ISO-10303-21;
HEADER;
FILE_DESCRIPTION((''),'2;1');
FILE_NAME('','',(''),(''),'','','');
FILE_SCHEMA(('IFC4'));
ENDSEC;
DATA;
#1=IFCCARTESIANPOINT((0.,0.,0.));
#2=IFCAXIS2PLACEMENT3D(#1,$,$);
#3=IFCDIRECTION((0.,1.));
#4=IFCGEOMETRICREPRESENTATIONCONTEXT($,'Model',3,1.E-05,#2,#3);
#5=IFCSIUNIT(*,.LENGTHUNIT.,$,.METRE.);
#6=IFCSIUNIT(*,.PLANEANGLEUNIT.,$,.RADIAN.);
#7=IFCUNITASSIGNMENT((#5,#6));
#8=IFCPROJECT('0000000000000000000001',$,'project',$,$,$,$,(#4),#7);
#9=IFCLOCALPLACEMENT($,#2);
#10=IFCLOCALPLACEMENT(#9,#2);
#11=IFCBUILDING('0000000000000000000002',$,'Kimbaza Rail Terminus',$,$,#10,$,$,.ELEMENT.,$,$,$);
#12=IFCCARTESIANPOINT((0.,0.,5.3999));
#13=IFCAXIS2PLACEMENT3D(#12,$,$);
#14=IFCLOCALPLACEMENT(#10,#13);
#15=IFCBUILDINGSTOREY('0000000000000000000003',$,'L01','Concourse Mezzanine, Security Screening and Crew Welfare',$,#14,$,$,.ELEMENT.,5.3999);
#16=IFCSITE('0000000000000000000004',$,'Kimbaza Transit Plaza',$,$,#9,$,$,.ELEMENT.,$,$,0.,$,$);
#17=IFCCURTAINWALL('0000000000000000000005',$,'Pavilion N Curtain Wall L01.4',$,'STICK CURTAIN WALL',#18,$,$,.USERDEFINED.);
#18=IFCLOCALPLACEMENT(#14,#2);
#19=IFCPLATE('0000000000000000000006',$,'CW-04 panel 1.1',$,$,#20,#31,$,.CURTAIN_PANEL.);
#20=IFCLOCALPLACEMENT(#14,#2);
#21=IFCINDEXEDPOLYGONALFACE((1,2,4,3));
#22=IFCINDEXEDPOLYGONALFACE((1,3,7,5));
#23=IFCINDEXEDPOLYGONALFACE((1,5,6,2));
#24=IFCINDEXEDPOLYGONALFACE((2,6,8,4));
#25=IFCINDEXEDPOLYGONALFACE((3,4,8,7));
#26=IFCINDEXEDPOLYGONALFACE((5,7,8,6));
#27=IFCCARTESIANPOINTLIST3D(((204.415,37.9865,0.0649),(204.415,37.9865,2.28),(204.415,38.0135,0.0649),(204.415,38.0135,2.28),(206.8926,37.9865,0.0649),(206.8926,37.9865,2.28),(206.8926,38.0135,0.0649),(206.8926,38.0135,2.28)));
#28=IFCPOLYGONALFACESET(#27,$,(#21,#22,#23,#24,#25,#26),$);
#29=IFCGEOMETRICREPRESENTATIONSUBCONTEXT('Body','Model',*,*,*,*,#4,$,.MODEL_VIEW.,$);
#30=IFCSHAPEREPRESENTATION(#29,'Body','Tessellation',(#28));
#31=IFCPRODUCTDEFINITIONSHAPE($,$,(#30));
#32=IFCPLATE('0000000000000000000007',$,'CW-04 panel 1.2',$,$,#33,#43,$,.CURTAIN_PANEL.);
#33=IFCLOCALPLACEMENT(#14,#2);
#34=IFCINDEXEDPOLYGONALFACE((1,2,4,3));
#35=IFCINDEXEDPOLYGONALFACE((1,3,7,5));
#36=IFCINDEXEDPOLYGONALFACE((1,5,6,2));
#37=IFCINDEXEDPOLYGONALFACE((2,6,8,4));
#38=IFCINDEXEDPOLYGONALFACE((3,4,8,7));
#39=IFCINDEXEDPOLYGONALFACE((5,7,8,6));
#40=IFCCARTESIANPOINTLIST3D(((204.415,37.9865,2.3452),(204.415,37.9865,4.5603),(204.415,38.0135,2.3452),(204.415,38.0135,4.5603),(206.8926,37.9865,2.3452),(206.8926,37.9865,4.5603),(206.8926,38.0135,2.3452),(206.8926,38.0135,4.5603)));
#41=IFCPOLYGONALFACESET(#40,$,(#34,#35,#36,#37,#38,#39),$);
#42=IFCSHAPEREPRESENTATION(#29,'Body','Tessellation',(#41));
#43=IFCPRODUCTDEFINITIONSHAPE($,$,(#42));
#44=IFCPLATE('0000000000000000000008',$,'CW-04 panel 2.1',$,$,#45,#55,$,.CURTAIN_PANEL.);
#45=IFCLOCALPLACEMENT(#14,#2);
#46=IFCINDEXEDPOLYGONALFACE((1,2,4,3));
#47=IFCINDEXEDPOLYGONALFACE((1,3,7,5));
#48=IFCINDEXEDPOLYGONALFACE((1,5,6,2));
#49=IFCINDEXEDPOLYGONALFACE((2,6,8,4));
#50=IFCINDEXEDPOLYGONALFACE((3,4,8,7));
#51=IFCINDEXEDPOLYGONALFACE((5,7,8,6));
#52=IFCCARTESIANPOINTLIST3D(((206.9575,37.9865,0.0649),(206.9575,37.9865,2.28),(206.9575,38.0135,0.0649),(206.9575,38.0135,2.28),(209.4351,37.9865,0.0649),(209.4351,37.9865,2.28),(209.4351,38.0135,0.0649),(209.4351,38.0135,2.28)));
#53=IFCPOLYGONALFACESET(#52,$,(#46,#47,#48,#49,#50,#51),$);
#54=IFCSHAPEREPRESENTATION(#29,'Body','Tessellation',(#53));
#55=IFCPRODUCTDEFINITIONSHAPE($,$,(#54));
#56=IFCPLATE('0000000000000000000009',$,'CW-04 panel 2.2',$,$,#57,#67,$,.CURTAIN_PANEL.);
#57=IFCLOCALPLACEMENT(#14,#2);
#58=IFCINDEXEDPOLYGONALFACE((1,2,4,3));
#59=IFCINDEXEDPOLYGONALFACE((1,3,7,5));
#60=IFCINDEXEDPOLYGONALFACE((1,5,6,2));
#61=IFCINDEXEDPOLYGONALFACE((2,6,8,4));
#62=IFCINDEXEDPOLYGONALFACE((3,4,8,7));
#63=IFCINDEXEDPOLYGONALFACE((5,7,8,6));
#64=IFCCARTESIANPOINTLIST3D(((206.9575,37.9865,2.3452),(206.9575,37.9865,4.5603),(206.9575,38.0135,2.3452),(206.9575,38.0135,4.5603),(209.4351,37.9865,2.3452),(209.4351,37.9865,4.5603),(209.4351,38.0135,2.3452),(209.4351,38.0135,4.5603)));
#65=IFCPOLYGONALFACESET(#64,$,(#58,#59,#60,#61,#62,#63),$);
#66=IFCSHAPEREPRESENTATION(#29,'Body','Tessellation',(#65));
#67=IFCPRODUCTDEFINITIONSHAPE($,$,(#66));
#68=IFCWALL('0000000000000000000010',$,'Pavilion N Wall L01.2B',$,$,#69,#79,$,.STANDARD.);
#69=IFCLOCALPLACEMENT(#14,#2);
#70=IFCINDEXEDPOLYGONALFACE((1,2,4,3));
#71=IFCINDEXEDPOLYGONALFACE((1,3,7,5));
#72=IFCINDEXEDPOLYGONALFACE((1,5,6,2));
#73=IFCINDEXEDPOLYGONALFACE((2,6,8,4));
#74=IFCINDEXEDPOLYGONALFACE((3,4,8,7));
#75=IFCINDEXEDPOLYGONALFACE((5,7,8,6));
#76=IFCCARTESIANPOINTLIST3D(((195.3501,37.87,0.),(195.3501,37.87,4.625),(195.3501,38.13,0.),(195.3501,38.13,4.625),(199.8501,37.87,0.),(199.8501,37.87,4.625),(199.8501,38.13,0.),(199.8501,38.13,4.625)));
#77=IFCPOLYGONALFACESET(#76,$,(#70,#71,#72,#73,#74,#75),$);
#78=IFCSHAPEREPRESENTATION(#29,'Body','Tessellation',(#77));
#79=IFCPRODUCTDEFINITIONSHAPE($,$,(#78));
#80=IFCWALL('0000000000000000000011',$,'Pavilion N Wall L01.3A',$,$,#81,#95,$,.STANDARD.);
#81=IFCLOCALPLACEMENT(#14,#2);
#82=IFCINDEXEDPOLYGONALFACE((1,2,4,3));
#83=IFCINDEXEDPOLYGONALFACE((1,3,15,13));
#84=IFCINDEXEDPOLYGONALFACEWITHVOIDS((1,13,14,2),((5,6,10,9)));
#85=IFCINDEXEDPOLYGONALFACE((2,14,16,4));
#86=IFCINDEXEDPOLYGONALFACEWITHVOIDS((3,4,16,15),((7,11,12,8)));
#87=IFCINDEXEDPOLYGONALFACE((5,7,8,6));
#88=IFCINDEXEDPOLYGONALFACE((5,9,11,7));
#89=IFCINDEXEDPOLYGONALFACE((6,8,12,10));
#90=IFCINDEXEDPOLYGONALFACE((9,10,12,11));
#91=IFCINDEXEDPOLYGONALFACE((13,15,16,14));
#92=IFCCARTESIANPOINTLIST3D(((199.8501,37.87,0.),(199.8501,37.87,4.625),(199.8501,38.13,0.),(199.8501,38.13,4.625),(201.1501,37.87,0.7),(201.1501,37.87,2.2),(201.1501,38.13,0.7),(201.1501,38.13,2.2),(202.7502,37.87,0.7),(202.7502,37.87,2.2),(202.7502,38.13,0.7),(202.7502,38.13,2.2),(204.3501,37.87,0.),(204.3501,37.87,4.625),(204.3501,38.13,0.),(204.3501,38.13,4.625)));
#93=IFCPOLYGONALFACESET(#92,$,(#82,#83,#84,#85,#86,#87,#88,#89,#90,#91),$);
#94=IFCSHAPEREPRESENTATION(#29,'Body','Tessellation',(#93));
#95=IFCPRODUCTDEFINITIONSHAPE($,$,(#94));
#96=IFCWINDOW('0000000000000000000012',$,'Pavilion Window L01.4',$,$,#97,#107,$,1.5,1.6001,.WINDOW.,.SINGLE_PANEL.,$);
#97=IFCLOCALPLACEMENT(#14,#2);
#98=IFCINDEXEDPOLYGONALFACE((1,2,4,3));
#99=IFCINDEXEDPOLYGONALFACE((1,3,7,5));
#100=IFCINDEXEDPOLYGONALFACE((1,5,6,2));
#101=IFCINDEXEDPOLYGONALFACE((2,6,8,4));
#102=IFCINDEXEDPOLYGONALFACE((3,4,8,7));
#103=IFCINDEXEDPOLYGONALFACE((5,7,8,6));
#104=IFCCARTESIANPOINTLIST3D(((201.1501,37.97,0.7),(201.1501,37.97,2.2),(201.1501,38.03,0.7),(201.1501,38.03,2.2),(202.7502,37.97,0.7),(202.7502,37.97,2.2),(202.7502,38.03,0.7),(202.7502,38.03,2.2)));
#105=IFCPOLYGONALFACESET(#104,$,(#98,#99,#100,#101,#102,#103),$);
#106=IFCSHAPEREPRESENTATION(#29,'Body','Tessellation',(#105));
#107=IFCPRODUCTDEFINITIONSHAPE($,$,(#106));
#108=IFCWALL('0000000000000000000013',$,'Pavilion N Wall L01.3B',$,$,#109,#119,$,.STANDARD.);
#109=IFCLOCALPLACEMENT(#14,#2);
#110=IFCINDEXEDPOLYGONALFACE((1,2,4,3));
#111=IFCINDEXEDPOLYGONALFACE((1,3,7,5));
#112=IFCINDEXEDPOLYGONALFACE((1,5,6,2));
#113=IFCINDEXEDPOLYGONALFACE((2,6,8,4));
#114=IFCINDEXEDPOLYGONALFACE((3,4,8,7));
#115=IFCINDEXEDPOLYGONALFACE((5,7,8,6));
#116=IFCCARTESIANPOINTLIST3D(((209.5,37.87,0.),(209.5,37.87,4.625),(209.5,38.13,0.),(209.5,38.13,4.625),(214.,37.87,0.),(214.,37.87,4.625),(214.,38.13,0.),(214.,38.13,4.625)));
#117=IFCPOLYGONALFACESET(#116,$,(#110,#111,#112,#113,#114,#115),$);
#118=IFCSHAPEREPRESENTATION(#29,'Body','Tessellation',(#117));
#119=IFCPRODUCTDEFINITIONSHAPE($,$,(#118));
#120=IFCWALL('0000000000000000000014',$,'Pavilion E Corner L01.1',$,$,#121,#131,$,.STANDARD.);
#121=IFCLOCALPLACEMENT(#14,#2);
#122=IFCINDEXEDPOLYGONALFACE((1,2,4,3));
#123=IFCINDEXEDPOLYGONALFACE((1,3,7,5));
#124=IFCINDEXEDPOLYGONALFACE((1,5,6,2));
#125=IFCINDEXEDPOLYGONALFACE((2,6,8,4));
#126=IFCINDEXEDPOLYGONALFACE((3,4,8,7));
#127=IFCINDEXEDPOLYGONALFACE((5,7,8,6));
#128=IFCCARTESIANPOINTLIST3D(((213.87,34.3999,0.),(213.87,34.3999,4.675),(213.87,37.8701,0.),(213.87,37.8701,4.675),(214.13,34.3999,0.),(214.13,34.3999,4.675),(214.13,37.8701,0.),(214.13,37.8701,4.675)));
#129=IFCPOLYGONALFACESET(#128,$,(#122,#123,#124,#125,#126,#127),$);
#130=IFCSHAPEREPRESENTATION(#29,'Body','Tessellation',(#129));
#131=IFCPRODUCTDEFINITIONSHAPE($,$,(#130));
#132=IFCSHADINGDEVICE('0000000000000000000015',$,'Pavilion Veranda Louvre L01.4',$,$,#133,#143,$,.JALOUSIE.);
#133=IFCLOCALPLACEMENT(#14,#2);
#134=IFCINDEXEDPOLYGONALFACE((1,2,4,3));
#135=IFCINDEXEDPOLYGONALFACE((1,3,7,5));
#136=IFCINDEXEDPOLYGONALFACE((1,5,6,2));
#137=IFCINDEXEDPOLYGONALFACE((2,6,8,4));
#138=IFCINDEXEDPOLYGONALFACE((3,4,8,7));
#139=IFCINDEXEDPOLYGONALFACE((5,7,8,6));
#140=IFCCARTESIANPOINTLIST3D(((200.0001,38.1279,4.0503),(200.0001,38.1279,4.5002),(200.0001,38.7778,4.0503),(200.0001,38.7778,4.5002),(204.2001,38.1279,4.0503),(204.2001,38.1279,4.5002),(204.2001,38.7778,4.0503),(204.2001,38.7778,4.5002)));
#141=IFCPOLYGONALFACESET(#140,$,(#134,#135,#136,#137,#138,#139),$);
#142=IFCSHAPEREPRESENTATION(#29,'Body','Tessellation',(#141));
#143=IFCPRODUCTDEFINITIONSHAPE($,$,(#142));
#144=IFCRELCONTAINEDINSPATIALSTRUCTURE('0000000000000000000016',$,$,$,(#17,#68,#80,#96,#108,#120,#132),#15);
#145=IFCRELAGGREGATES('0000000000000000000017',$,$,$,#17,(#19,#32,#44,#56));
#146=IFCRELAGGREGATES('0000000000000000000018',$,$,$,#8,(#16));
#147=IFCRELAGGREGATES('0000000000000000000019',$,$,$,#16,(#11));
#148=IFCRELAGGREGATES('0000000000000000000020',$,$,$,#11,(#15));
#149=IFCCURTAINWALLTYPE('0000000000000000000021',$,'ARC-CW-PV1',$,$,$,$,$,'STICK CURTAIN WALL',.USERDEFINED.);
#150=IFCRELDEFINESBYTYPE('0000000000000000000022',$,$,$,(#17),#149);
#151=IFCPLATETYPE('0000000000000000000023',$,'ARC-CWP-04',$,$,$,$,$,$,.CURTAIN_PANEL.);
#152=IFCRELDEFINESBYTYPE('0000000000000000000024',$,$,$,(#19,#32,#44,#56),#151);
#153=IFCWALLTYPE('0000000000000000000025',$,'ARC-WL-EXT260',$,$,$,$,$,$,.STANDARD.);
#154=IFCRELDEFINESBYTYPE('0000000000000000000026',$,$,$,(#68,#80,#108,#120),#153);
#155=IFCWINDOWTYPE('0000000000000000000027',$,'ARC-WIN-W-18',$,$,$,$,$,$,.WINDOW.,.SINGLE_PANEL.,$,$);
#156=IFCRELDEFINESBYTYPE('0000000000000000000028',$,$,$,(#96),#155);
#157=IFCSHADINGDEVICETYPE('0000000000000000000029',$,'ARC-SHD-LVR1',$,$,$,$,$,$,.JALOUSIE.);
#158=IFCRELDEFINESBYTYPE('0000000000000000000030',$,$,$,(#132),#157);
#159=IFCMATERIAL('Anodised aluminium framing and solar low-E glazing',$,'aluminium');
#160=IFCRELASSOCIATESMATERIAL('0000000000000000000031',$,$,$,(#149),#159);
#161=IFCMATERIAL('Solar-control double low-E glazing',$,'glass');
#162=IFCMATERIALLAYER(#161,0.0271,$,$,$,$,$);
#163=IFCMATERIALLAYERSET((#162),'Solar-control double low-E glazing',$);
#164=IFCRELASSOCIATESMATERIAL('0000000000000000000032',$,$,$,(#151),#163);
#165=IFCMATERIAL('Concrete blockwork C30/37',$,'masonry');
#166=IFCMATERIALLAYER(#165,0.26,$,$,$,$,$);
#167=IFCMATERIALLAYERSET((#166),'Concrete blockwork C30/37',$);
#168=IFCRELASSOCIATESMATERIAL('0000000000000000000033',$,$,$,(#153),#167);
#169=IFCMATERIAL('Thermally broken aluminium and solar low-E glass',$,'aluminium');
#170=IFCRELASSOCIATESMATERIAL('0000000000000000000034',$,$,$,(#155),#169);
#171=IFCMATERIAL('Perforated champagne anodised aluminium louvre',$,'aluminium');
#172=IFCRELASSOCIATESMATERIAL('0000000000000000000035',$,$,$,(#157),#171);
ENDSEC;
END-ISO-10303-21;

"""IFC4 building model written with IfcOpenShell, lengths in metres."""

from ifc_helpers import new_model, si_unit, direction, frame, frame_2d, origin, origin_2d, place, context, subcontext, project, spatial, rectangle, extrude, material, layer, layer_set, type_object, element, fill, aggregate, save


model = new_model("IFC4")

# Units and contexts
model_context = context("Model", 3, precision=1e-05, world=origin(), true_north=direction((0.0, 1.0)))
body_context = subcontext(model_context, "Body", "Model", "MODEL_VIEW")
ifc_project = project(units=[si_unit("LENGTHUNIT", "METRE"), si_unit("PLANEANGLEUNIT", "RADIAN")], contexts=[model_context])

# Site, building, storey
site_placement = place(None, origin())
site = spatial("IfcSite", under=ifc_project, at=site_placement, Name="Kimbaza Transit Plaza", CompositionType="ELEMENT", RefElevation=0.0)
building_placement = place(site_placement, origin())
building = spatial("IfcBuilding", under=site, at=building_placement, Name="Kimbaza Rail Terminus", CompositionType="ELEMENT")
storey_placement = place(building_placement, frame((0.0, 0.0, 5.3999)))
storey = spatial("IfcBuildingStorey", under=building, at=storey_placement, Name="L01", Description="Concourse Mezzanine, Security Screening and Crew Welfare", CompositionType="ELEMENT", Elevation=5.3999)

# Shared definitions
ifc_material_1 = material(Name="Anodised aluminium framing and solar low-E glazing", Category="aluminium")
curtain_wall_type = type_object("IfcCurtainWallType", Name="ARC-CW-PV1", ElementType="STICK CURTAIN WALL", PredefinedType="USERDEFINED", material=ifc_material_1)

# Curtain wall
curtain_wall_1_placement = place(storey_placement, origin())
curtain_wall_1 = element("IfcCurtainWall", 1, at=curtain_wall_1_placement, inside=storey, type_object=curtain_wall_type, Name="Pavilion N Curtain Wall L01.4", ObjectType="STICK CURTAIN WALL", PredefinedType="USERDEFINED")

# Plates
ifc_material_2 = material(Name="Solar-control double low-E glazing", Category="glass")
ifc_layer_1 = layer(ifc_material_2, 0.0271)
ifc_layer_set_1 = layer_set([ifc_layer_1], Name="Solar-control double low-E glazing")
plate_type = type_object("IfcPlateType", Name="ARC-CWP-04", PredefinedType="CURTAIN_PANEL", material=ifc_layer_set_1)
plate_1_placement = place(storey_placement, frame((205.6538, 38.0, 0.0649), z_axis=(0.0, 0.0, 1.0), x_axis=(1.0, 0.0, 0.0)))
plate_1 = element("IfcPlate", 2, at=plate_1_placement, type_object=plate_type, Name="CW-04 panel 1.1", PredefinedType="CURTAIN_PANEL", context=body_context, shape_type="SweptSolid", body=[
    extrude(rectangle(XDim=2.4775, YDim=0.0271, at=origin_2d()), origin(), (0.0, 0.0, 1.0), 2.2151),
])
plate_2_placement = place(storey_placement, frame((205.6538, 38.0, 2.3452), z_axis=(0.0, 0.0, 1.0), x_axis=(1.0, 0.0, 0.0)))
plate_2 = element("IfcPlate", 3, at=plate_2_placement, type_object=plate_type, Name="CW-04 panel 1.2", PredefinedType="CURTAIN_PANEL", context=body_context, shape_type="SweptSolid", body=[
    extrude(rectangle(XDim=2.4775, YDim=0.0271, at=origin_2d()), origin(), (0.0, 0.0, 1.0), 2.2151),
])
plate_3_placement = place(storey_placement, frame((208.1963, 38.0, 0.0649), z_axis=(0.0, 0.0, 1.0), x_axis=(1.0, 0.0, 0.0)))
plate_3 = element("IfcPlate", 4, at=plate_3_placement, type_object=plate_type, Name="CW-04 panel 2.1", PredefinedType="CURTAIN_PANEL", context=body_context, shape_type="SweptSolid", body=[
    extrude(rectangle(XDim=2.4775, YDim=0.0271, at=origin_2d()), origin(), (0.0, 0.0, 1.0), 2.2151),
])
plate_4_placement = place(storey_placement, frame((208.1963, 38.0, 2.3452), z_axis=(0.0, 0.0, 1.0), x_axis=(1.0, 0.0, 0.0)))
plate_4 = element("IfcPlate", 5, at=plate_4_placement, type_object=plate_type, Name="CW-04 panel 2.2", PredefinedType="CURTAIN_PANEL", context=body_context, shape_type="SweptSolid", body=[
    extrude(rectangle(XDim=2.4775, YDim=0.0271, at=origin_2d()), origin(), (0.0, 0.0, 1.0), 2.2151),
])
aggregate(curtain_wall_1, [plate_1, plate_2, plate_3, plate_4])

# Wall
ifc_material_3 = material(Name="Concrete blockwork C30/37", Category="masonry")
ifc_layer_2 = layer(ifc_material_3, 0.26)
ifc_layer_set_2 = layer_set([ifc_layer_2], Name="Concrete blockwork C30/37")
wall_type = type_object("IfcWallType", Name="ARC-WL-EXT260", PredefinedType="STANDARD", material=ifc_layer_set_2)
wall_1_placement = place(storey_placement, frame((195.3501, 38.0, 0.0), z_axis=(0.0, 0.0, 1.0), x_axis=(1.0, 0.0, 0.0)))
element("IfcWall", 6, at=wall_1_placement, inside=storey, type_object=wall_type, Name="Pavilion N Wall L01.2B", PredefinedType="STANDARD", context=body_context, shape_type="SweptSolid", body=[
    extrude(rectangle(XDim=4.5, YDim=0.26, at=frame_2d((2.25, 0.0))), origin(), (0.0, 0.0, 1.0), 4.625),
])

# Wall, opening, window
wall_2_placement = place(storey_placement, frame((199.8501, 38.0, 0.0), z_axis=(0.0, 0.0, 1.0), x_axis=(1.0, 0.0, 0.0)))
wall_2 = element("IfcWall", 7, at=wall_2_placement, inside=storey, type_object=wall_type, Name="Pavilion N Wall L01.3A", PredefinedType="STANDARD", context=body_context, shape_type="SweptSolid", body=[
    extrude(rectangle(XDim=4.5, YDim=0.26, at=frame_2d((2.25, 0.0))), origin(), (0.0, 0.0, 1.0), 4.625),
])
opening_placement = place(wall_2_placement, frame((1.3, 0.0, 0.7)))
opening = element("IfcOpeningElement", 8, at=opening_placement, cuts=wall_2, PredefinedType="OPENING", context=body_context, shape_type="SweptSolid", body=[
    extrude(rectangle(XDim=1.6001, YDim=1.5, at=frame_2d((0.8, 0.75))), frame((0.0, 0.1399, 0.0), z_axis=(0.0, -1.0, 0.0), x_axis=(1.0, 0.0, 0.0)), (0.0, 0.0, 1.0), 0.28),
])
ifc_material_4 = material(Name="Thermally broken aluminium and solar low-E glass", Category="aluminium")
window_type = type_object("IfcWindowType", Name="ARC-WIN-W-18", PartitioningType="SINGLE_PANEL", PredefinedType="WINDOW", material=ifc_material_4)
window_placement = place(opening_placement, origin())
window = element("IfcWindow", 9, at=window_placement, inside=storey, type_object=window_type, Name="Pavilion Window L01.4", OverallHeight=1.5, OverallWidth=1.6001, PartitioningType="SINGLE_PANEL", PredefinedType="WINDOW", context=body_context, shape_type="SweptSolid", body=[
    extrude(rectangle(XDim=1.6001, YDim=1.5, at=frame_2d((0.8, 0.75))), frame((0.0, 0.03, 0.0), z_axis=(0.0, -1.0, 0.0), x_axis=(1.0, 0.0, 0.0)), (0.0, 0.0, 1.0), 0.0601),
])
fill(opening, window)

# Walls
wall_3_placement = place(storey_placement, frame((209.5, 38.0, 0.0), z_axis=(0.0, 0.0, 1.0), x_axis=(1.0, 0.0, 0.0)))
element("IfcWall", 10, at=wall_3_placement, inside=storey, type_object=wall_type, Name="Pavilion N Wall L01.3B", PredefinedType="STANDARD", context=body_context, shape_type="SweptSolid", body=[
    extrude(rectangle(XDim=4.5, YDim=0.26, at=frame_2d((2.25, 0.0))), origin(), (0.0, 0.0, 1.0), 4.625),
])
wall_4_placement = place(storey_placement, frame((214.0, 34.3999, 0.0), z_axis=(0.0, 0.0, 1.0), x_axis=(0.0, 1.0, 0.0)))
element("IfcWall", 11, at=wall_4_placement, inside=storey, type_object=wall_type, Name="Pavilion E Corner L01.1", PredefinedType="STANDARD", context=body_context, shape_type="SweptSolid", body=[
    extrude(rectangle(XDim=3.4702, YDim=0.26, at=frame_2d((1.7351, 0.0))), origin(), (0.0, 0.0, 1.0), 4.675),
])

# Shading device
ifc_material_5 = material(Name="Perforated champagne anodised aluminium louvre", Category="aluminium")
shading_device_type = type_object("IfcShadingDeviceType", Name="ARC-SHD-LVR1", PredefinedType="JALOUSIE", material=ifc_material_5)
shading_device_placement = place(storey_placement, frame((202.1001, 38.4529, 4.0503), z_axis=(0.0, 0.0, 1.0), x_axis=(1.0, 0.0, 0.0)))
element("IfcShadingDevice", 12, at=shading_device_placement, inside=storey, type_object=shading_device_type, Name="Pavilion Veranda Louvre L01.4", PredefinedType="JALOUSIE", context=body_context, shape_type="SweptSolid", body=[
    extrude(rectangle(XDim=4.2, YDim=0.6499, at=origin_2d()), origin(), (0.0, 0.0, 1.0), 0.45),
])

save(model, "model.ifc")
